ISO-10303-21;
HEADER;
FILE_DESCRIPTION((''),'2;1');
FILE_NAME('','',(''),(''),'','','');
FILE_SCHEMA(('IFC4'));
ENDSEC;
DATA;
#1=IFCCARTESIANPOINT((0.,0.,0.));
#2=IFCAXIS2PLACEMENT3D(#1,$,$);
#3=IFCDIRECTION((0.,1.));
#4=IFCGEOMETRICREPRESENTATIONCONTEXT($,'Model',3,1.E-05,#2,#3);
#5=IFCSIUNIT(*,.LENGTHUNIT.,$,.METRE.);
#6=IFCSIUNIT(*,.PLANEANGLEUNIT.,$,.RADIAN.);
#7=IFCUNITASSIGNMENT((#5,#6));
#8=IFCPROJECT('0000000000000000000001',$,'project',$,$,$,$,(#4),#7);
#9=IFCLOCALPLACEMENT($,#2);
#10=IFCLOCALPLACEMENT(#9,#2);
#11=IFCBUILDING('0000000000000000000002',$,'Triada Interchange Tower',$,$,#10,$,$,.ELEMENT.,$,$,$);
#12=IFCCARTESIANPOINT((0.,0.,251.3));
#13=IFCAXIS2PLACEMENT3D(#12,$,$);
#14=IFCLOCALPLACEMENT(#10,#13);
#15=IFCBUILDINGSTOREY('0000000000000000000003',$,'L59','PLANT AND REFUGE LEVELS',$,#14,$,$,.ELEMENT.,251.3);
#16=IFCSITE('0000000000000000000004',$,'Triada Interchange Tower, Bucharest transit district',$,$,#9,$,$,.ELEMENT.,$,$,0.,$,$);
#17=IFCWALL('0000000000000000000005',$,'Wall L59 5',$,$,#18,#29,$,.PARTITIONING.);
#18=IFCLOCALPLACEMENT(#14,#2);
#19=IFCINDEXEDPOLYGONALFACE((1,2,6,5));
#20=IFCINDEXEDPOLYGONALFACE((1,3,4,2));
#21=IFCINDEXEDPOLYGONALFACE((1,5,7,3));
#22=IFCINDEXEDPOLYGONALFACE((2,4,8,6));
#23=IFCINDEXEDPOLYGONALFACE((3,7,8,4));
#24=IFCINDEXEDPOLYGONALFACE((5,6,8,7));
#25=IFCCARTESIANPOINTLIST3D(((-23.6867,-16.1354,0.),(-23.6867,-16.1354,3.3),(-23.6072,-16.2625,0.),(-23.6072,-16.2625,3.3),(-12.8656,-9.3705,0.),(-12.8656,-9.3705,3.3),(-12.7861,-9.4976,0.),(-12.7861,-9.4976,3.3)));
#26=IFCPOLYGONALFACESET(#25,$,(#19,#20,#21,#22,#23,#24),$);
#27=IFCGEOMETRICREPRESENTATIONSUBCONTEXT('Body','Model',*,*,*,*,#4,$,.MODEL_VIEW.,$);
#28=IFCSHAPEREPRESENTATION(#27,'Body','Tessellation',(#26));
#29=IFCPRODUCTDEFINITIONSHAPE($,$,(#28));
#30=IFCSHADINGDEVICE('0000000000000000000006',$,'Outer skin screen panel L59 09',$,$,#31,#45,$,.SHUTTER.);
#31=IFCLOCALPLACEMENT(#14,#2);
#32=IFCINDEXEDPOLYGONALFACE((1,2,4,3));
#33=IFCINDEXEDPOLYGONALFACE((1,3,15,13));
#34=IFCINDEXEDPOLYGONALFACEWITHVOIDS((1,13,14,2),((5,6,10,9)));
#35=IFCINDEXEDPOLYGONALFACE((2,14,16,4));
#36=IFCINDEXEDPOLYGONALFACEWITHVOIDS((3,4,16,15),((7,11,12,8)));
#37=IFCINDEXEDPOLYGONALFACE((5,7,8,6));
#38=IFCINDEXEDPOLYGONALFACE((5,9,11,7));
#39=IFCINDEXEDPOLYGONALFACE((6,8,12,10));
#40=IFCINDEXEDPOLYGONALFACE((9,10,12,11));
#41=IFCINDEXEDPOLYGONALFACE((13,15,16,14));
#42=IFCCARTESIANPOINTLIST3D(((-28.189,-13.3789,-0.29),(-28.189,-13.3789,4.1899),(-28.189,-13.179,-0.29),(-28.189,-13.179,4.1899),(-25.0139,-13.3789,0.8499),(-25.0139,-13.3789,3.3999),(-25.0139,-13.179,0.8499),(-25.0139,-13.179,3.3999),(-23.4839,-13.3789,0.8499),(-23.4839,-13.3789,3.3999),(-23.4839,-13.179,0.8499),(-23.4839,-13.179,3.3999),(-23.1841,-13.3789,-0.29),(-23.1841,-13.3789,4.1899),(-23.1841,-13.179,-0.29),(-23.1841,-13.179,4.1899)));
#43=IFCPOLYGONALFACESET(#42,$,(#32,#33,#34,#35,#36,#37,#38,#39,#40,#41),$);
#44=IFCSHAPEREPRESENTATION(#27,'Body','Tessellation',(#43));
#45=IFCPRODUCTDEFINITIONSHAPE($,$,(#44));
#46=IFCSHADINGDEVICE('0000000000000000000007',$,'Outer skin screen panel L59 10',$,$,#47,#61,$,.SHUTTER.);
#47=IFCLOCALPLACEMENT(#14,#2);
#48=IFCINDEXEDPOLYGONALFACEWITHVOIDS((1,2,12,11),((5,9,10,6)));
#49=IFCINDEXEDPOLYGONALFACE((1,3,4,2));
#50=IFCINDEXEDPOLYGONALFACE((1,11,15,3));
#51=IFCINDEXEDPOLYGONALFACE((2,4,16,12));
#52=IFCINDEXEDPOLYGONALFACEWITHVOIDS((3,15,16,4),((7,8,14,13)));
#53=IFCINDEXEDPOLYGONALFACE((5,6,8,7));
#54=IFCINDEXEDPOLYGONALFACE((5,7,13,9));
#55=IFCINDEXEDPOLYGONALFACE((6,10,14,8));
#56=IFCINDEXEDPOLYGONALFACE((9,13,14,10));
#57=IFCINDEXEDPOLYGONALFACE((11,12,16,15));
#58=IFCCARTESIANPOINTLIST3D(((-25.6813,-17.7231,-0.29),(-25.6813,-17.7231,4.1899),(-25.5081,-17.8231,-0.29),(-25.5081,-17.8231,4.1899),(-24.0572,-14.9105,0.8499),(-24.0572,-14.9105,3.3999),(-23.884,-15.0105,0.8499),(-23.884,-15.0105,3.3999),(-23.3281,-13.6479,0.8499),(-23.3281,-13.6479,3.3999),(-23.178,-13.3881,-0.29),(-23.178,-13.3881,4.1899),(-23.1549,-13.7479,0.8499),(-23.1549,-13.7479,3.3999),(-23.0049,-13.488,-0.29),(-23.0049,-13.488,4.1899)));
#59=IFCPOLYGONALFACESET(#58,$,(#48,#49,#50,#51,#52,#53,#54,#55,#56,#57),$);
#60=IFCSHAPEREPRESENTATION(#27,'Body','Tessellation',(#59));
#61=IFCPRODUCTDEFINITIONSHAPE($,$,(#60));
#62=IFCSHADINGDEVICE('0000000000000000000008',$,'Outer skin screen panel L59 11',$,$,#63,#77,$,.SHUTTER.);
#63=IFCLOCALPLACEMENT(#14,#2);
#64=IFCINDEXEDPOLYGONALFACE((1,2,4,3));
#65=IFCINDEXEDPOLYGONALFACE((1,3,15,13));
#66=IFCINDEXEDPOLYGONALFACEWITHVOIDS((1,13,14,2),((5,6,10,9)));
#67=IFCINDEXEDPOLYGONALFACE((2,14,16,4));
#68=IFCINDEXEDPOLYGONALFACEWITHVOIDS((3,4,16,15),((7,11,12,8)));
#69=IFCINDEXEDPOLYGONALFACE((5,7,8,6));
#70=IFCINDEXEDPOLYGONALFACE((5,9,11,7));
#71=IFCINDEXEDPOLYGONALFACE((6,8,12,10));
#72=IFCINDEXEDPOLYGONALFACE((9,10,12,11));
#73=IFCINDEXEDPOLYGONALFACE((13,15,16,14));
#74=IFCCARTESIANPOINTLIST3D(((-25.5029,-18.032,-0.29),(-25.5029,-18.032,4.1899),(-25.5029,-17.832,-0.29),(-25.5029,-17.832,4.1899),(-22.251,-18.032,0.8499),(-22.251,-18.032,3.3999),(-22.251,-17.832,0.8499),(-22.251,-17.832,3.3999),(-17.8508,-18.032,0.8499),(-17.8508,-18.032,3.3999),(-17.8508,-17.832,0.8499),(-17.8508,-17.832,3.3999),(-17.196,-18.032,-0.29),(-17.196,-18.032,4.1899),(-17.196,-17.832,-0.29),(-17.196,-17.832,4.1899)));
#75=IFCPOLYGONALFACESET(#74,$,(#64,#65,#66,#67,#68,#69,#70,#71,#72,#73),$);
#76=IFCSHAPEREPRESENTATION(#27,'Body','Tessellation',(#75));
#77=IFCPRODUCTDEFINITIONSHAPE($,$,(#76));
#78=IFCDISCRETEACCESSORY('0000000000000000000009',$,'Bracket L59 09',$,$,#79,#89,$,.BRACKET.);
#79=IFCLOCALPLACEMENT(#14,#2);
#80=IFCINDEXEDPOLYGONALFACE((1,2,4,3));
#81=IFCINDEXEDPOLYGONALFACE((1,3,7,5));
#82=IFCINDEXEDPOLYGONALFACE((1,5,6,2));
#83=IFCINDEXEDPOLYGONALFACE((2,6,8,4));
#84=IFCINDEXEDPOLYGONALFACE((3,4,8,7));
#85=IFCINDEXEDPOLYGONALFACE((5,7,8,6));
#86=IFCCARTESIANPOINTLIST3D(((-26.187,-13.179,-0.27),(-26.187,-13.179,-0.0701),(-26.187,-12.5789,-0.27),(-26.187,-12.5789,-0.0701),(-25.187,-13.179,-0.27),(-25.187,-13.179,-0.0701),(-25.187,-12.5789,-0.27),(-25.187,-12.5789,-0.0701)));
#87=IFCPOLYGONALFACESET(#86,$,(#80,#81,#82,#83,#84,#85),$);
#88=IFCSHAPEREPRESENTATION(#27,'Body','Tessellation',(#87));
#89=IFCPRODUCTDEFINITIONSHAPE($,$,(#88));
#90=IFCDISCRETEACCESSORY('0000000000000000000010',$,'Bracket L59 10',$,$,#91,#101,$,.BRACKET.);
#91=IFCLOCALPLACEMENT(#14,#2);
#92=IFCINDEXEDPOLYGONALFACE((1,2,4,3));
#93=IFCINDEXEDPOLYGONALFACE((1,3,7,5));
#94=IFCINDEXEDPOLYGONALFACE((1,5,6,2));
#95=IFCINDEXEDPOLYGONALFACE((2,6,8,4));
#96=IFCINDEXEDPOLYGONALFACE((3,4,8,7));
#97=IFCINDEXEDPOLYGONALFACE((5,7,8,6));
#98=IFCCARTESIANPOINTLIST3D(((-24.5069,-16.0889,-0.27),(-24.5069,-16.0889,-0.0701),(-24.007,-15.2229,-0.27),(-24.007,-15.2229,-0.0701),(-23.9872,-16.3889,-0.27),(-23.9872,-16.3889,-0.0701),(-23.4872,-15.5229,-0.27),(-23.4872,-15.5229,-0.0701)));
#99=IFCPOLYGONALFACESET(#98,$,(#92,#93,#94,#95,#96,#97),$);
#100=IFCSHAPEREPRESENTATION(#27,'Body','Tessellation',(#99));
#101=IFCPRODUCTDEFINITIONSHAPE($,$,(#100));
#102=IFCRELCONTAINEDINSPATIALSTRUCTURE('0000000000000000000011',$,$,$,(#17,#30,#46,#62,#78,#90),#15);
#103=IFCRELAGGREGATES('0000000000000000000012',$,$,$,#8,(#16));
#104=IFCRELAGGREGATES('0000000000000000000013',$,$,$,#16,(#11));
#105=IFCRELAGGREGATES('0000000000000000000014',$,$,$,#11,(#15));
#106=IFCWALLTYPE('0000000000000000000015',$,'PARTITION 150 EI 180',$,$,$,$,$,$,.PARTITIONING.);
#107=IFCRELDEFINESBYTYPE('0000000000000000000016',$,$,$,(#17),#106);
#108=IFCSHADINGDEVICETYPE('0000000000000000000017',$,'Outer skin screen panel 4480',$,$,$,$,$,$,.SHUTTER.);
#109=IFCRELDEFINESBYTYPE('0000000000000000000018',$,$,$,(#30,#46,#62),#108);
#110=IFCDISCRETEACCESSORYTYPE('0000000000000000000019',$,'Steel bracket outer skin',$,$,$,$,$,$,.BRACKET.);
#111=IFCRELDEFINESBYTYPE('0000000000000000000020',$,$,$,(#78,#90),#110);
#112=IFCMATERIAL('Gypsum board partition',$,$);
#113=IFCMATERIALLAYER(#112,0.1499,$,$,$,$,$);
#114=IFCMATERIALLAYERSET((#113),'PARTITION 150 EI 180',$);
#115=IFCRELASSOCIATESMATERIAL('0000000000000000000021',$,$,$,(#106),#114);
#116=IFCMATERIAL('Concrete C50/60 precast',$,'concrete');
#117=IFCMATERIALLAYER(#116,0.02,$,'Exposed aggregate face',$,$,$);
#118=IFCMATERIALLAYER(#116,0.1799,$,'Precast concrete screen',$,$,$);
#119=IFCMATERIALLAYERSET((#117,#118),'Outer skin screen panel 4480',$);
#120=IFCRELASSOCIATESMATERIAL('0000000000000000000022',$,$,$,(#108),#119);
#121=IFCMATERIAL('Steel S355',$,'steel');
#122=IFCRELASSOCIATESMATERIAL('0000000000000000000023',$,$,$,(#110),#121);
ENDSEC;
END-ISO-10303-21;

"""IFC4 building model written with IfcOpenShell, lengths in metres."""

from ifc_helpers import new_model, si_unit, direction, frame, frame_2d, origin, origin_2d, place, context, subcontext, project, spatial, polyline, rectangle, outline, extrude, material, layer, layer_set, type_object, element, save


model = new_model("IFC4")

# Units and contexts
model_context = context("Model", 3, precision=1e-05, world=origin(), true_north=direction((0.0, 1.0)))
body_context = subcontext(model_context, "Body", "Model", "MODEL_VIEW")
ifc_project = project(units=[si_unit("LENGTHUNIT", "METRE"), si_unit("PLANEANGLEUNIT", "RADIAN")], contexts=[model_context])

# Site, building, storey
site_placement = place(None, origin())
site = spatial("IfcSite", under=ifc_project, at=site_placement, Name="Triada Interchange Tower, Bucharest transit district", CompositionType="ELEMENT", RefElevation=0.0)
building_placement = place(site_placement, origin())
building = spatial("IfcBuilding", under=site, at=building_placement, Name="Triada Interchange Tower", CompositionType="ELEMENT")
storey_placement = place(building_placement, frame((0.0, 0.0, 251.3)))
storey = spatial("IfcBuildingStorey", under=building, at=storey_placement, Name="L59", Description="PLANT AND REFUGE LEVELS", CompositionType="ELEMENT", Elevation=251.3)

# Shared definitions
ifc_material_1 = material(Name="Steel S355", Category="steel")

# Wall
ifc_material_2 = material(Name="Gypsum board partition")
ifc_layer_1 = layer(ifc_material_2, 0.1499)
ifc_layer_set_1 = layer_set([ifc_layer_1], Name="PARTITION 150 EI 180")
wall_type_1 = type_object("IfcWallType", Name="PARTITION 150 EI 180", PredefinedType="PARTITIONING", material=ifc_layer_set_1)
wall_1_placement = place(storey_placement, frame((-23.647, -16.199, 0.0), z_axis=(0.0, 0.0, 1.0), x_axis=(0.847937, 0.530097, 0.0)))
element("IfcWall", 1, at=wall_1_placement, inside=storey, type_object=wall_type_1, Name="Wall L59 5", PredefinedType="PARTITIONING", context=body_context, shape_type="SweptSolid", body=[
    extrude(rectangle(XDim=12.7617, YDim=0.1499, at=frame_2d((6.3809, 0.0))), origin(), (0.0, 0.0, 1.0), 3.3),
])

# Shading devices
ifc_material_3 = material(Name="Concrete C50/60 precast", Category="concrete")
ifc_layer_2 = layer(ifc_material_3, 0.02, Name="Exposed aggregate face")
ifc_layer_3 = layer(ifc_material_3, 0.1799, Name="Precast concrete screen")
ifc_layer_set_2 = layer_set([ifc_layer_2, ifc_layer_3], Name="Outer skin screen panel 4480")
shading_device_type = type_object("IfcShadingDeviceType", Name="Outer skin screen panel 4480", PredefinedType="SHUTTER", material=ifc_layer_set_2)
shading_device_1_placement = place(storey_placement, frame((-28.189, -13.179, -0.29), z_axis=(0.0, 0.0, 1.0), x_axis=(1.0, 0.0, 0.0)))
element("IfcShadingDevice", 2, at=shading_device_1_placement, inside=storey, type_object=shading_device_type, Name="Outer skin screen panel L59 09", PredefinedType="SHUTTER", context=body_context, shape_type="SweptSolid", body=[
    extrude(outline(polyline([(0.0, 0.0), (5.0049, 0.0), (5.0049, 4.48), (0.0, 4.48), (0.0, 0.0)]), holes=[polyline([(3.175, 1.1399), (3.175, 3.6899), (4.7051, 3.6899), (4.7051, 1.1399), (3.175, 1.1399)])]), frame((0.0, 0.0, 0.0), z_axis=(0.0, -1.0, 0.0), x_axis=(1.0, 0.0, 0.0)), (0.0, 0.0, 1.0), 0.2),
])
shading_device_2_placement = place(storey_placement, frame((-23.0049, -13.488, -0.29), z_axis=(0.0, 0.0, 1.0), x_axis=(-0.500057, -0.865992, 0.0)))
element("IfcShadingDevice", 3, at=shading_device_2_placement, inside=storey, type_object=shading_device_type, Name="Outer skin screen panel L59 10", PredefinedType="SHUTTER", context=body_context, shape_type="SweptSolid", body=[
    extrude(outline(polyline([(0.0, 0.0), (5.0059, 0.0), (5.0059, 4.48), (0.0, 4.48), (0.0, 0.0)]), holes=[polyline([(0.3, 1.1399), (0.3, 3.6899), (1.7581, 3.6899), (1.7581, 1.1399), (0.3, 1.1399)])]), frame((0.0, 0.0, 0.0), z_axis=(0.0, -1.0, 0.0), x_axis=(1.0, 0.0, 0.0)), (0.0, 0.0, 1.0), 0.2),
])
shading_device_3_placement = place(storey_placement, frame((-25.5029, -17.832, -0.29), z_axis=(0.0, 0.0, 1.0), x_axis=(1.0, 0.0, 0.0)))
element("IfcShadingDevice", 4, at=shading_device_3_placement, inside=storey, type_object=shading_device_type, Name="Outer skin screen panel L59 11", PredefinedType="SHUTTER", context=body_context, shape_type="SweptSolid", body=[
    extrude(outline(polyline([(0.0, 0.0), (8.3069, 0.0), (8.3069, 4.48), (0.0, 4.48), (0.0, 0.0)]), holes=[polyline([(3.252, 1.1399), (3.252, 3.6899), (7.6521, 3.6899), (7.6521, 1.1399), (3.252, 1.1399)])]), frame((0.0, 0.0, 0.0), z_axis=(0.0, -1.0, 0.0), x_axis=(1.0, 0.0, 0.0)), (0.0, 0.0, 1.0), 0.2),
])

# Discrete accessories
discrete_accessory_type = type_object("IfcDiscreteAccessoryType", Name="Steel bracket outer skin", PredefinedType="BRACKET", material=ifc_material_1)
for number, where, z_axis, x_axis, name in (
    (5, (-25.687, -12.8789, -0.27), (0.0, 0.0, 1.0), (0.0, -1.0, 0.0), "Bracket L59 09"),
    (6, (-23.9971, -15.8059, -0.27), (0.0, 0.0, 1.0), (-0.866059, 0.499943, 0.0), "Bracket L59 10"),
):
    element("IfcDiscreteAccessory", number, at=place(storey_placement, frame(where, z_axis=z_axis, x_axis=x_axis)), inside=storey, type_object=discrete_accessory_type, Name=name, PredefinedType="BRACKET", context=body_context, shape_type="SweptSolid", body=[
        extrude(rectangle(XDim=0.6001, YDim=1.0, at=origin_2d()), origin(), (0.0, 0.0, 1.0), 0.2),
    ])

save(model, "model.ifc")
